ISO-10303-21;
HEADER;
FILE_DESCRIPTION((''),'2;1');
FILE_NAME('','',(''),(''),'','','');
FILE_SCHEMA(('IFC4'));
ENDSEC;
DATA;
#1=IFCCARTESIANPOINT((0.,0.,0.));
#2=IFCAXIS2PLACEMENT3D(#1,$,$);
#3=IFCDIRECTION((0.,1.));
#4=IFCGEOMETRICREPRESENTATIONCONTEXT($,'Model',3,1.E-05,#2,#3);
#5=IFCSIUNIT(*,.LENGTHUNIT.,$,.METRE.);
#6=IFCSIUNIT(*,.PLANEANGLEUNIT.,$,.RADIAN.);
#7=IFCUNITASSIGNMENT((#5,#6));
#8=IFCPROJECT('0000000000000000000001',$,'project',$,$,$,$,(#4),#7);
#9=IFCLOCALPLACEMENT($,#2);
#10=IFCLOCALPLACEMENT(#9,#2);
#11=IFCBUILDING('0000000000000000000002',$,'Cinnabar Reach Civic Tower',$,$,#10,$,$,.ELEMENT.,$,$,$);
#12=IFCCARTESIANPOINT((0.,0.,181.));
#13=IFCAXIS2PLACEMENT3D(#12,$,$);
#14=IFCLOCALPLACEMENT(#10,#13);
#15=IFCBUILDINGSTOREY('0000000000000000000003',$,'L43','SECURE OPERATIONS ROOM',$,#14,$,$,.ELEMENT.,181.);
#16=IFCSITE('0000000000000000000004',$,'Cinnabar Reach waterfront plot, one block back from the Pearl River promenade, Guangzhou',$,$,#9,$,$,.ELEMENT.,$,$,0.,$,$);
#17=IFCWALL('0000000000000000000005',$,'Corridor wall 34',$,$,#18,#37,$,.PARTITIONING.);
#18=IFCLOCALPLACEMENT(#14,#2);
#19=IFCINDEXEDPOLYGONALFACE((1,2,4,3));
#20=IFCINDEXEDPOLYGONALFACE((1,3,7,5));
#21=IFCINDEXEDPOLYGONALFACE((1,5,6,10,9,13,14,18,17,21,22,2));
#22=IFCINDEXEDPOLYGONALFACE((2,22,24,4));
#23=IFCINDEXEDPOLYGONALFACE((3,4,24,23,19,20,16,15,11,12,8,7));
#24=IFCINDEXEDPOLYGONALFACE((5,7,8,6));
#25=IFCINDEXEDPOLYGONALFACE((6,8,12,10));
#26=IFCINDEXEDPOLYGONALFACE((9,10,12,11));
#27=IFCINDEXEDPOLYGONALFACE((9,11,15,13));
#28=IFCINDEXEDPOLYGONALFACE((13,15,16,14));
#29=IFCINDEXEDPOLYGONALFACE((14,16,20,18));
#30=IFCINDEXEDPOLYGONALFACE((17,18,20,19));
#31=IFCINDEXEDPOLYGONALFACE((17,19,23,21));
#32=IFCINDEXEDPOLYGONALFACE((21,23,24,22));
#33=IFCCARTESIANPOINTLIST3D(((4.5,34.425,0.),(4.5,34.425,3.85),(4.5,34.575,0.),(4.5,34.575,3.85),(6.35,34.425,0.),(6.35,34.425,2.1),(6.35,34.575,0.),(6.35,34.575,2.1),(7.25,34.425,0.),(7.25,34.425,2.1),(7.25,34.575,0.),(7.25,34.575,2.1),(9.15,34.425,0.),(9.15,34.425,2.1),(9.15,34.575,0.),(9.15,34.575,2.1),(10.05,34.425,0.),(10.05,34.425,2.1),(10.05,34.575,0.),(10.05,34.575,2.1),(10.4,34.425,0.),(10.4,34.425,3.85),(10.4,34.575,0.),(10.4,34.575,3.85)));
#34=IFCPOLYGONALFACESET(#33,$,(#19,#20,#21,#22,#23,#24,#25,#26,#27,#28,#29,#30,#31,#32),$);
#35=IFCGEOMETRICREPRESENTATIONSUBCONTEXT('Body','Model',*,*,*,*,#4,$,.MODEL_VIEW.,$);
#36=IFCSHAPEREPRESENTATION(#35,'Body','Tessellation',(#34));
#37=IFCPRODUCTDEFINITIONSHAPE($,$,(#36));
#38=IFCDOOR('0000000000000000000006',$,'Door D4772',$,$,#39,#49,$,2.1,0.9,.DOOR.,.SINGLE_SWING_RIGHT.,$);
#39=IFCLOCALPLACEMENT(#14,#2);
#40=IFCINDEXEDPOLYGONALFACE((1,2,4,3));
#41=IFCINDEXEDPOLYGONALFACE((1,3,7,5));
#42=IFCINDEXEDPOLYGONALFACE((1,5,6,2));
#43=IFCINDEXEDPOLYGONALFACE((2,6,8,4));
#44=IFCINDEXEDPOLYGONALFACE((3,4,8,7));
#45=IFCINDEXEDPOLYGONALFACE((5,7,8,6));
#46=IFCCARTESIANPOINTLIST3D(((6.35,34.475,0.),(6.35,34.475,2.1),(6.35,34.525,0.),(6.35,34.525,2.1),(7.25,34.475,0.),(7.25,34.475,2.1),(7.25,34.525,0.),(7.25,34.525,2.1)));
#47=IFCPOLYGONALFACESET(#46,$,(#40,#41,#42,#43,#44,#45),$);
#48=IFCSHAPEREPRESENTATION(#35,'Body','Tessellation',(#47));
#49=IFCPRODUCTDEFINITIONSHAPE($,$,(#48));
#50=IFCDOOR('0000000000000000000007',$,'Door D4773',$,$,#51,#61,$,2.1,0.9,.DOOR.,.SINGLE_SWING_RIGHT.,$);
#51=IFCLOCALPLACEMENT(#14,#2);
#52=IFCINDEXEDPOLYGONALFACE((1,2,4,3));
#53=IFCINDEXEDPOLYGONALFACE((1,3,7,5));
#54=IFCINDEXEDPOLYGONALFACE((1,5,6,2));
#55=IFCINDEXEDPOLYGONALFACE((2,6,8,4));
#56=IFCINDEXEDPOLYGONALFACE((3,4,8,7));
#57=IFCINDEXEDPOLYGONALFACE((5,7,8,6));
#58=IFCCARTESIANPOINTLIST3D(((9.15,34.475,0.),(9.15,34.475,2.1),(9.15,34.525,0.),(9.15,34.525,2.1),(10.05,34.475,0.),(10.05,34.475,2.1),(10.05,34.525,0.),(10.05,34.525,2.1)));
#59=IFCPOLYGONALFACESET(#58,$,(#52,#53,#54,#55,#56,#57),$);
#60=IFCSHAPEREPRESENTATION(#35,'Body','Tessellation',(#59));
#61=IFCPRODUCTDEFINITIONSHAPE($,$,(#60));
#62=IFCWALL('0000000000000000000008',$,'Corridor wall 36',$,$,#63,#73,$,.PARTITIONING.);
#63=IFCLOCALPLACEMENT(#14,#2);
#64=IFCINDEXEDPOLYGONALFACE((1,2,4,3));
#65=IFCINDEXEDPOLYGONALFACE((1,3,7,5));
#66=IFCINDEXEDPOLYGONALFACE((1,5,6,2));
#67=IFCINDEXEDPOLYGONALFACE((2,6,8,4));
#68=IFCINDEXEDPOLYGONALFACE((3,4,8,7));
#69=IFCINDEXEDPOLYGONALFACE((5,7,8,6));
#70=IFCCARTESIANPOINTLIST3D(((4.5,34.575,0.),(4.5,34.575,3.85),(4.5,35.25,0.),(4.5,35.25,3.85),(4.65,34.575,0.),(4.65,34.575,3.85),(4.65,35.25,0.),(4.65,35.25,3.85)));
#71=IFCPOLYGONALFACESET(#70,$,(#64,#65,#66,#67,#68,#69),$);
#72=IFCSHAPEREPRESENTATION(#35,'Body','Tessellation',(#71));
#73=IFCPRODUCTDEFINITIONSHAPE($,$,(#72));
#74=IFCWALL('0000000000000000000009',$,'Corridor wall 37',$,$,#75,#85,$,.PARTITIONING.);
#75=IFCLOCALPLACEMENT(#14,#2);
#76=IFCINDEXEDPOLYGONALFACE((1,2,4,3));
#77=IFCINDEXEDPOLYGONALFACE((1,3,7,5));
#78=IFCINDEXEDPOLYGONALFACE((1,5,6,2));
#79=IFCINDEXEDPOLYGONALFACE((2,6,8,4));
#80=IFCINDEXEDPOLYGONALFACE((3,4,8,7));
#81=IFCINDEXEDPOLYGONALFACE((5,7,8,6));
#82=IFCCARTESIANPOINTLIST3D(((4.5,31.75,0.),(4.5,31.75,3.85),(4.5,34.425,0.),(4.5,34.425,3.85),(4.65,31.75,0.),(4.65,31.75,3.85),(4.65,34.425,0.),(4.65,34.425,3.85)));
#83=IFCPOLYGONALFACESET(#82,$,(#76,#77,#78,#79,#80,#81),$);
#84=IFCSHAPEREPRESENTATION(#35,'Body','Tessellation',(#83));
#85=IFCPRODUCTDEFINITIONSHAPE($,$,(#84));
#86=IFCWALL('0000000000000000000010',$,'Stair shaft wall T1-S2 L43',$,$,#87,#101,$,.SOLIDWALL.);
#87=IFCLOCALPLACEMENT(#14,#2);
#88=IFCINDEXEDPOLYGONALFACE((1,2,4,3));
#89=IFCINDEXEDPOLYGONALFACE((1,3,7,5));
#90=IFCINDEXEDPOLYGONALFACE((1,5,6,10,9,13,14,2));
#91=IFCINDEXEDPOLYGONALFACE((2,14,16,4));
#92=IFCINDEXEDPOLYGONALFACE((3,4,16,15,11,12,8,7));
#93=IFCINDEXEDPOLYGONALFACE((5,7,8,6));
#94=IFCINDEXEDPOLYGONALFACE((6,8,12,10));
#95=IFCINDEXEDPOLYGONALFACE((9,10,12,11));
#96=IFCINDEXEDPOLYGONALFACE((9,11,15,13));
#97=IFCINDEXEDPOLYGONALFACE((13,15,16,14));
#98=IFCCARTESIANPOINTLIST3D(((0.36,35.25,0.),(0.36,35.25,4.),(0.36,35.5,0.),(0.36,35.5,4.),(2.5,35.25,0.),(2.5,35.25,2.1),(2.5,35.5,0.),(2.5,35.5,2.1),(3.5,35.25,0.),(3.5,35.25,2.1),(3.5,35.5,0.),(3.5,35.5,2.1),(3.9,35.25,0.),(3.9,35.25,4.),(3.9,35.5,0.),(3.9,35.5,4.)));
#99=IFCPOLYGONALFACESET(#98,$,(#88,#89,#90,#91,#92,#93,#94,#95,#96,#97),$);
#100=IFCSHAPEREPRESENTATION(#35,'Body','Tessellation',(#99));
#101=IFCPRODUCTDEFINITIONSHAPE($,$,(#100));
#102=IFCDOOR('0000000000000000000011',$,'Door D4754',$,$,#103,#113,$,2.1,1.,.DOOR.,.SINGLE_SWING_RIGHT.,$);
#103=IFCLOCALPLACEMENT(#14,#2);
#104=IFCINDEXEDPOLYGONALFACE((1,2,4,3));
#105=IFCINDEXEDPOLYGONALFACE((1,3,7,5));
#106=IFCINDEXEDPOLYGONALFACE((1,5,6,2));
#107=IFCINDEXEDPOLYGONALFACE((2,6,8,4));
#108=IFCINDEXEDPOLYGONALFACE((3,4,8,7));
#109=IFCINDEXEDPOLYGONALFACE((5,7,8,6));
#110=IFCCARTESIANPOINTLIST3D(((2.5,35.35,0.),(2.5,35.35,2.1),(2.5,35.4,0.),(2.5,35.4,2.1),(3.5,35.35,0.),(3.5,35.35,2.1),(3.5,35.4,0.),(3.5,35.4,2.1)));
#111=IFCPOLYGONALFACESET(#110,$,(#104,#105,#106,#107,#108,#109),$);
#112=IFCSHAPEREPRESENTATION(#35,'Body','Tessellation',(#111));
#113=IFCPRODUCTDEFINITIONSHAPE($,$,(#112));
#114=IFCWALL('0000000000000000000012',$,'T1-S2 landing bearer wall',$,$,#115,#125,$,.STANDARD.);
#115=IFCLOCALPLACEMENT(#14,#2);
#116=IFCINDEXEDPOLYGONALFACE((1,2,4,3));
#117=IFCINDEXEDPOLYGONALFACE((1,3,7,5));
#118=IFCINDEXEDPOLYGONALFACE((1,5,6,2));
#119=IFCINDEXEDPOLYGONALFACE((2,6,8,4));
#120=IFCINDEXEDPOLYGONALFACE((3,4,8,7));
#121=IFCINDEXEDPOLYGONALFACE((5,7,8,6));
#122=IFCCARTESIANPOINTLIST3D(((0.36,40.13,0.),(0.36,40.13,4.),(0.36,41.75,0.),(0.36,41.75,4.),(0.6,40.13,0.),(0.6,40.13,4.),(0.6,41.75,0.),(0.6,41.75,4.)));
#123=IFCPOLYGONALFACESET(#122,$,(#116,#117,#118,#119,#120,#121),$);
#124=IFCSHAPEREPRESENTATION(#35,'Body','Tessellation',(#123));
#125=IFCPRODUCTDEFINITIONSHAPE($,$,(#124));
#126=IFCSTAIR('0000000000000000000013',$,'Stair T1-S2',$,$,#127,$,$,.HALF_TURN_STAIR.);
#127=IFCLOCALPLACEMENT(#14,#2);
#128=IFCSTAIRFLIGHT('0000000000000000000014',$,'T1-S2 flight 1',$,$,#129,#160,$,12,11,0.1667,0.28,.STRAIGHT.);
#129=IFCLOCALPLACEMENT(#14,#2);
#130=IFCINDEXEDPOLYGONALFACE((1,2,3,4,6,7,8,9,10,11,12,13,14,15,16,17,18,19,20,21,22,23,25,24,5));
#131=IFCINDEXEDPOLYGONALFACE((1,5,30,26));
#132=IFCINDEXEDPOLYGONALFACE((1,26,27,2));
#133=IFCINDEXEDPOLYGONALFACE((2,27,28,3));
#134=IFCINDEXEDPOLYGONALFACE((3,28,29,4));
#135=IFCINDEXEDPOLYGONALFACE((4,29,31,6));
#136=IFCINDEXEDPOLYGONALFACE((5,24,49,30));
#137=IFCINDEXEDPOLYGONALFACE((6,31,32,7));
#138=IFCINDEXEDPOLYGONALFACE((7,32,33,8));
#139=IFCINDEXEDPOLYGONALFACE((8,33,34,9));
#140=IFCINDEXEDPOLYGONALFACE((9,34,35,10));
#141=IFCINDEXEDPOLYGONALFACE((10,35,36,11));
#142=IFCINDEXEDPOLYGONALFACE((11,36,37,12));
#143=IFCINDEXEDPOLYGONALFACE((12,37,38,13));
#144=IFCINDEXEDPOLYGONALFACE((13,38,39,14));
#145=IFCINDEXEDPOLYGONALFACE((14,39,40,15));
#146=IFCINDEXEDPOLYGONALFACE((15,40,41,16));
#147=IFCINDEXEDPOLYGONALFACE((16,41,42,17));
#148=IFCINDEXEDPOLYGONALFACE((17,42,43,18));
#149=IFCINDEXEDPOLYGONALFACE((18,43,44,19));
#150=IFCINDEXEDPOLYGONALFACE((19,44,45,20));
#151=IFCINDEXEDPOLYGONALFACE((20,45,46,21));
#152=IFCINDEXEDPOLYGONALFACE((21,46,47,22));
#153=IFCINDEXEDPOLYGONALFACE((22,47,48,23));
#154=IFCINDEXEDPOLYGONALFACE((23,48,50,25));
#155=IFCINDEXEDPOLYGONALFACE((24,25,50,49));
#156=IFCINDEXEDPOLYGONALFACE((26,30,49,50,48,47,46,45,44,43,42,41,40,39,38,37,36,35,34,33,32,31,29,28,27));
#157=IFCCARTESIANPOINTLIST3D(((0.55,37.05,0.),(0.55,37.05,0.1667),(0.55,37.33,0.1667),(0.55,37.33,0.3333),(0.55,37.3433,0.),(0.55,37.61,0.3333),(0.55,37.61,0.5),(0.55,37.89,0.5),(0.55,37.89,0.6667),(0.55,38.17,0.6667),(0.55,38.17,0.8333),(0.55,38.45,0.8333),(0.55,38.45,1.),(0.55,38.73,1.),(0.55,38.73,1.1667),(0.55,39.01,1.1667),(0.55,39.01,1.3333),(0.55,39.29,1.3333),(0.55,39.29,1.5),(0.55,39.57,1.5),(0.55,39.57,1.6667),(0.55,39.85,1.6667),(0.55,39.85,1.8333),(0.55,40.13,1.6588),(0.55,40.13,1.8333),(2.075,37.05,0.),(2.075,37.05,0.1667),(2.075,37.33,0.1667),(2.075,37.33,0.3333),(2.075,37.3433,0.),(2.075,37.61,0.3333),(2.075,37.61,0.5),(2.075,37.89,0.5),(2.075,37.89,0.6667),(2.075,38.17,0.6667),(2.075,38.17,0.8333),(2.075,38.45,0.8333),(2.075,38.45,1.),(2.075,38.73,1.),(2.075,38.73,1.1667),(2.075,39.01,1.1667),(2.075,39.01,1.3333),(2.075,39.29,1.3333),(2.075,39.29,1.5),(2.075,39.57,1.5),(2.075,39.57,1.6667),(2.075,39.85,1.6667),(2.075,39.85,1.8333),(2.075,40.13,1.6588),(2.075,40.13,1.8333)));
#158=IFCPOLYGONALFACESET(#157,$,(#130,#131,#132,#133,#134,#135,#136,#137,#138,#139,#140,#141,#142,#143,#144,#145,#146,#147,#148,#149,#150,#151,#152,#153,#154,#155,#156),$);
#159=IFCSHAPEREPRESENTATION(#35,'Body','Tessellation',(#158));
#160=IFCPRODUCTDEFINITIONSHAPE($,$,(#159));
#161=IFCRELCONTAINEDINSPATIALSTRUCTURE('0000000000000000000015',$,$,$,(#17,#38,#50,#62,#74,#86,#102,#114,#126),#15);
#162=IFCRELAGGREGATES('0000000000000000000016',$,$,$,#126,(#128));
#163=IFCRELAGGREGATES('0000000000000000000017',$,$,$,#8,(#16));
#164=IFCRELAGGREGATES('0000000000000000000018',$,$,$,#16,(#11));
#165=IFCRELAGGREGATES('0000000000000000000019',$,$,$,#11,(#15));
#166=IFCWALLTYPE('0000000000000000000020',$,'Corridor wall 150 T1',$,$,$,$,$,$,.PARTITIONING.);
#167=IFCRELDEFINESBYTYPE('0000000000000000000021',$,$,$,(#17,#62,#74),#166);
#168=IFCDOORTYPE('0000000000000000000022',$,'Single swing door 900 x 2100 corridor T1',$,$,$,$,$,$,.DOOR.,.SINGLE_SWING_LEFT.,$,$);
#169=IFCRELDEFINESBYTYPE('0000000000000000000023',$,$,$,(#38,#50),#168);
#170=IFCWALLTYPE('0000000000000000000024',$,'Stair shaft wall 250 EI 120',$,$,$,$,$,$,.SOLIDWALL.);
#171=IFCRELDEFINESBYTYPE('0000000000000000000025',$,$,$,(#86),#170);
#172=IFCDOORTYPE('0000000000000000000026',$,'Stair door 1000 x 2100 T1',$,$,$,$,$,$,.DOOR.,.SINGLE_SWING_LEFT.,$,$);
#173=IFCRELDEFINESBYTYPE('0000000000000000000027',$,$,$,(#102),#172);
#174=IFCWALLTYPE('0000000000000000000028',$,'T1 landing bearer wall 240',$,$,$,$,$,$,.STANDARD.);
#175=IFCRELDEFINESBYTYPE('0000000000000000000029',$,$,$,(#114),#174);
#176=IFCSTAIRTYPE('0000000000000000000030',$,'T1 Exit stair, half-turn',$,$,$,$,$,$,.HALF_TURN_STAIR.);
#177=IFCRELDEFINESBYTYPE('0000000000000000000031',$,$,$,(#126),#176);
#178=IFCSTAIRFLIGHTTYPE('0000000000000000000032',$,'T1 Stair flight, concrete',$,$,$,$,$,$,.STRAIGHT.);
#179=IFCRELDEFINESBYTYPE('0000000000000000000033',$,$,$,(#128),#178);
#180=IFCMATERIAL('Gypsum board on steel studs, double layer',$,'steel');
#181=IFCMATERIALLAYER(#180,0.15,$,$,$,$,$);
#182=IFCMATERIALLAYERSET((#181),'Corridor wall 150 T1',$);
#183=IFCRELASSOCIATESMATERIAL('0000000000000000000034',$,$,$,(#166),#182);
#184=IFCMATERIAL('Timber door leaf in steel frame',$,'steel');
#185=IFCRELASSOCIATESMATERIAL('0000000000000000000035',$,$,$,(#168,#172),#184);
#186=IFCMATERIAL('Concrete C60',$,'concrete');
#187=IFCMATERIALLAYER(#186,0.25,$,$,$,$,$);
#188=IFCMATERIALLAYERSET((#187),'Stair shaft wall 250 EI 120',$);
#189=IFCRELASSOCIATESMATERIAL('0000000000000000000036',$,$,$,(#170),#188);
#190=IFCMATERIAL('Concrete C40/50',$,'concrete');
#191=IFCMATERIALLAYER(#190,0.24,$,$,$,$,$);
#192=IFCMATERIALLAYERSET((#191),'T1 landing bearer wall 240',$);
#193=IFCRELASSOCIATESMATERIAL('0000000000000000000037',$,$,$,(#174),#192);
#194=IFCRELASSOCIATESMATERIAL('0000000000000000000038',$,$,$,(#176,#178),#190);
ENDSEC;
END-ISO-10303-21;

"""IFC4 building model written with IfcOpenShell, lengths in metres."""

from ifc_helpers import new_model, si_unit, direction, frame, frame_2d, origin, place, context, subcontext, project, spatial, polyline, rectangle, outline, extrude, material, layer, layer_set, type_object, element, fill, aggregate, save


model = new_model("IFC4")

# Units and contexts
model_context = context("Model", 3, precision=1e-05, world=origin(), true_north=direction((0.0, 1.0)))
body_context = subcontext(model_context, "Body", "Model", "MODEL_VIEW")
ifc_project = project(units=[si_unit("LENGTHUNIT", "METRE"), si_unit("PLANEANGLEUNIT", "RADIAN")], contexts=[model_context])

# Site, building, storey
site_placement = place(None, origin())
site = spatial("IfcSite", under=ifc_project, at=site_placement, Name="Cinnabar Reach waterfront plot, one block back from the Pearl River promenade, Guangzhou", CompositionType="ELEMENT", RefElevation=0.0)
building_placement = place(site_placement, origin())
building = spatial("IfcBuilding", under=site, at=building_placement, Name="Cinnabar Reach Civic Tower", CompositionType="ELEMENT")
storey_placement = place(building_placement, frame((0.0, 0.0, 181.0)))
storey = spatial("IfcBuildingStorey", under=building, at=storey_placement, Name="L43", Description="SECURE OPERATIONS ROOM", CompositionType="ELEMENT", Elevation=181.0)

# Wall, openings, doors
ifc_material_1 = material(Name="Gypsum board on steel studs, double layer", Category="steel")
ifc_layer_1 = layer(ifc_material_1, 0.15)
ifc_layer_set_1 = layer_set([ifc_layer_1], Name="Corridor wall 150 T1")
wall_type_1 = type_object("IfcWallType", Name="Corridor wall 150 T1", PredefinedType="PARTITIONING", material=ifc_layer_set_1)
ifc_material_2 = material(Name="Timber door leaf in steel frame", Category="steel")
door_type_1 = type_object("IfcDoorType", Name="Single swing door 900 x 2100 corridor T1", OperationType="SINGLE_SWING_LEFT", PredefinedType="DOOR", material=ifc_material_2)
wall_1_placement = place(storey_placement, frame((4.5, 34.5, 0.0), z_axis=(0.0, 0.0, 1.0), x_axis=(1.0, 0.0, 0.0)))
wall_1 = element("IfcWall", 1, at=wall_1_placement, inside=storey, type_object=wall_type_1, Name="Corridor wall 34", PredefinedType="PARTITIONING", context=body_context, shape_type="SweptSolid", body=[
    extrude(rectangle(XDim=5.9, YDim=0.15, at=frame_2d((2.95, 0.0))), origin(), (0.0, 0.0, 1.0), 3.85),
])
opening_1_placement = place(wall_1_placement, frame((1.85, 0.0, 0.0)))
opening_1 = element("IfcOpeningElement", 2, at=opening_1_placement, cuts=wall_1, PredefinedType="OPENING", context=body_context, shape_type="SweptSolid", body=[
    extrude(rectangle(XDim=0.9, YDim=2.1, at=frame_2d((0.45, 1.05))), frame((0.0, 0.085, 0.0), z_axis=(0.0, -1.0, 0.0), x_axis=(1.0, 0.0, 0.0)), (0.0, 0.0, 1.0), 0.17),
])
opening_2_placement = place(wall_1_placement, frame((4.65, 0.0, 0.0)))
opening_2 = element("IfcOpeningElement", 3, at=opening_2_placement, cuts=wall_1, PredefinedType="OPENING", context=body_context, shape_type="SweptSolid", body=[
    extrude(rectangle(XDim=0.9, YDim=2.1, at=frame_2d((0.45, 1.05))), frame((0.0, 0.085, 0.0), z_axis=(0.0, -1.0, 0.0), x_axis=(1.0, 0.0, 0.0)), (0.0, 0.0, 1.0), 0.17),
])
door_1_placement = place(opening_1_placement, frame((0.9, 0.0, 0.0), z_axis=(0.0, 0.0, 1.0), x_axis=(-1.0, 0.0, 0.0)))
door_1 = element("IfcDoor", 4, at=door_1_placement, inside=storey, type_object=door_type_1, Name="Door D4772", OperationType="SINGLE_SWING_RIGHT", OverallHeight=2.1, OverallWidth=0.9, PredefinedType="DOOR", context=body_context, shape_type="SweptSolid", body=[
    extrude(rectangle(XDim=0.9, YDim=2.1, at=frame_2d((0.45, 1.05))), frame((0.0, 0.025, 0.0), z_axis=(0.0, -1.0, 0.0), x_axis=(1.0, 0.0, 0.0)), (0.0, 0.0, 1.0), 0.05),
])
fill(opening_1, door_1)
door_2_placement = place(opening_2_placement, frame((0.9, 0.0, 0.0), z_axis=(0.0, 0.0, 1.0), x_axis=(-1.0, 0.0, 0.0)))
door_2 = element("IfcDoor", 5, at=door_2_placement, inside=storey, type_object=door_type_1, Name="Door D4773", OperationType="SINGLE_SWING_RIGHT", OverallHeight=2.1, OverallWidth=0.9, PredefinedType="DOOR", context=body_context, shape_type="SweptSolid", body=[
    extrude(rectangle(XDim=0.9, YDim=2.1, at=frame_2d((0.45, 1.05))), frame((0.0, 0.025, 0.0), z_axis=(0.0, -1.0, 0.0), x_axis=(1.0, 0.0, 0.0)), (0.0, 0.0, 1.0), 0.05),
])
fill(opening_2, door_2)

# Walls
wall_2_placement = place(storey_placement, frame((4.575, 34.575, 0.0), z_axis=(0.0, 0.0, 1.0), x_axis=(0.0, 1.0, 0.0)))
element("IfcWall", 6, at=wall_2_placement, inside=storey, type_object=wall_type_1, Name="Corridor wall 36", PredefinedType="PARTITIONING", context=body_context, shape_type="SweptSolid", body=[
    extrude(rectangle(XDim=0.675, YDim=0.15, at=frame_2d((0.3375, 0.0))), origin(), (0.0, 0.0, 1.0), 3.85),
])
wall_3_placement = place(storey_placement, frame((4.575, 31.75, 0.0), z_axis=(0.0, 0.0, 1.0), x_axis=(0.0, 1.0, 0.0)))
element("IfcWall", 7, at=wall_3_placement, inside=storey, type_object=wall_type_1, Name="Corridor wall 37", PredefinedType="PARTITIONING", context=body_context, shape_type="SweptSolid", body=[
    extrude(rectangle(XDim=2.675, YDim=0.15, at=frame_2d((1.3375, 0.0))), origin(), (0.0, 0.0, 1.0), 3.85),
])

# Wall, opening, door
ifc_material_3 = material(Name="Concrete C60", Category="concrete")
ifc_layer_2 = layer(ifc_material_3, 0.25)
ifc_layer_set_2 = layer_set([ifc_layer_2], Name="Stair shaft wall 250 EI 120")
wall_type_2 = type_object("IfcWallType", Name="Stair shaft wall 250 EI 120", PredefinedType="SOLIDWALL", material=ifc_layer_set_2)
wall_4_placement = place(storey_placement, frame((0.36, 35.375, 0.0), z_axis=(0.0, 0.0, 1.0), x_axis=(1.0, 0.0, 0.0)))
wall_4 = element("IfcWall", 8, at=wall_4_placement, inside=storey, type_object=wall_type_2, Name="Stair shaft wall T1-S2 L43", PredefinedType="SOLIDWALL", context=body_context, shape_type="SweptSolid", body=[
    extrude(rectangle(XDim=3.54, YDim=0.25, at=frame_2d((1.77, 0.0))), origin(), (0.0, 0.0, 1.0), 4.0),
])
opening_3_placement = place(wall_4_placement, frame((2.14, 0.0, 0.0)))
opening_3 = element("IfcOpeningElement", 9, at=opening_3_placement, cuts=wall_4, PredefinedType="OPENING", context=body_context, shape_type="SweptSolid", body=[
    extrude(rectangle(XDim=1.0, YDim=2.1, at=frame_2d((0.5, 1.05))), frame((0.0, 0.135, 0.0), z_axis=(0.0, -1.0, 0.0), x_axis=(1.0, 0.0, 0.0)), (0.0, 0.0, 1.0), 0.27),
])
door_type_2 = type_object("IfcDoorType", Name="Stair door 1000 x 2100 T1", OperationType="SINGLE_SWING_LEFT", PredefinedType="DOOR", material=ifc_material_2)
door_3_placement = place(opening_3_placement, origin())
door_3 = element("IfcDoor", 10, at=door_3_placement, inside=storey, type_object=door_type_2, Name="Door D4754", OperationType="SINGLE_SWING_RIGHT", OverallHeight=2.1, OverallWidth=1.0, PredefinedType="DOOR", context=body_context, shape_type="SweptSolid", body=[
    extrude(rectangle(XDim=1.0, YDim=2.1, at=frame_2d((0.5, 1.05))), frame((0.0, 0.025, 0.0), z_axis=(0.0, -1.0, 0.0), x_axis=(1.0, 0.0, 0.0)), (0.0, 0.0, 1.0), 0.05),
])
fill(opening_3, door_3)

# Wall
ifc_material_4 = material(Name="Concrete C40/50", Category="concrete")
ifc_layer_3 = layer(ifc_material_4, 0.24)
ifc_layer_set_3 = layer_set([ifc_layer_3], Name="T1 landing bearer wall 240")
wall_type_3 = type_object("IfcWallType", Name="T1 landing bearer wall 240", PredefinedType="STANDARD", material=ifc_layer_set_3)
wall_5_placement = place(storey_placement, frame((0.48, 40.13, 0.0), z_axis=(0.0, 0.0, 1.0), x_axis=(0.0, 1.0, 0.0)))
element("IfcWall", 11, at=wall_5_placement, inside=storey, type_object=wall_type_3, Name="T1-S2 landing bearer wall", PredefinedType="STANDARD", context=body_context, shape_type="SweptSolid", body=[
    extrude(rectangle(XDim=1.62, YDim=0.24, at=frame_2d((0.81, 0.0))), origin(), (0.0, 0.0, 1.0), 4.0),
])

# Stair, stair flight
stair_type = type_object("IfcStairType", Name="T1 Exit stair, half-turn", PredefinedType="HALF_TURN_STAIR", material=ifc_material_4)
stair_placement = place(storey_placement, origin())
stair = element("IfcStair", 12, at=stair_placement, inside=storey, type_object=stair_type, Name="Stair T1-S2", PredefinedType="HALF_TURN_STAIR")
stair_flight_type = type_object("IfcStairFlightType", Name="T1 Stair flight, concrete", PredefinedType="STRAIGHT", material=ifc_material_4)
stair_flight_1_placement = place(storey_placement, frame((1.3125, 37.05, 0.0), z_axis=(0.0, 0.0, 1.0), x_axis=(0.0, 1.0, 0.0)))
stair_flight_1 = element("IfcStairFlight", 13, at=stair_flight_1_placement, type_object=stair_flight_type, Name="T1-S2 flight 1", NumberOfRisers=12, NumberOfTreads=11, PredefinedType="STRAIGHT", RiserHeight=0.1667, TreadLength=0.28, context=body_context, shape_type="SweptSolid", body=[
    extrude(outline(polyline([(0.0, 0.0), (0.0, 0.1667), (0.28, 0.1667), (0.28, 0.3333), (0.56, 0.3333), (0.56, 0.5), (0.84, 0.5), (0.84, 0.6667), (1.12, 0.6667), (1.12, 0.8333), (1.4, 0.8333), (1.4, 1.0), (1.68, 1.0), (1.68, 1.1667), (1.96, 1.1667), (1.96, 1.3333), (2.24, 1.3333), (2.24, 1.5), (2.52, 1.5), (2.52, 1.6667), (2.8, 1.6667), (2.8, 1.8333), (3.08, 1.8333), (3.08, 2.0), (3.08, 1.6588), (0.2933, 0.0), (0.0, 0.0)])), frame((0.0, 0.7625, 0.0), z_axis=(0.0, -1.0, 0.0), x_axis=(1.0, 0.0, 0.0)), (0.0, 0.0, 1.0), 1.525),
])
aggregate(stair, [stair_flight_1])

save(model, "model.ifc")
